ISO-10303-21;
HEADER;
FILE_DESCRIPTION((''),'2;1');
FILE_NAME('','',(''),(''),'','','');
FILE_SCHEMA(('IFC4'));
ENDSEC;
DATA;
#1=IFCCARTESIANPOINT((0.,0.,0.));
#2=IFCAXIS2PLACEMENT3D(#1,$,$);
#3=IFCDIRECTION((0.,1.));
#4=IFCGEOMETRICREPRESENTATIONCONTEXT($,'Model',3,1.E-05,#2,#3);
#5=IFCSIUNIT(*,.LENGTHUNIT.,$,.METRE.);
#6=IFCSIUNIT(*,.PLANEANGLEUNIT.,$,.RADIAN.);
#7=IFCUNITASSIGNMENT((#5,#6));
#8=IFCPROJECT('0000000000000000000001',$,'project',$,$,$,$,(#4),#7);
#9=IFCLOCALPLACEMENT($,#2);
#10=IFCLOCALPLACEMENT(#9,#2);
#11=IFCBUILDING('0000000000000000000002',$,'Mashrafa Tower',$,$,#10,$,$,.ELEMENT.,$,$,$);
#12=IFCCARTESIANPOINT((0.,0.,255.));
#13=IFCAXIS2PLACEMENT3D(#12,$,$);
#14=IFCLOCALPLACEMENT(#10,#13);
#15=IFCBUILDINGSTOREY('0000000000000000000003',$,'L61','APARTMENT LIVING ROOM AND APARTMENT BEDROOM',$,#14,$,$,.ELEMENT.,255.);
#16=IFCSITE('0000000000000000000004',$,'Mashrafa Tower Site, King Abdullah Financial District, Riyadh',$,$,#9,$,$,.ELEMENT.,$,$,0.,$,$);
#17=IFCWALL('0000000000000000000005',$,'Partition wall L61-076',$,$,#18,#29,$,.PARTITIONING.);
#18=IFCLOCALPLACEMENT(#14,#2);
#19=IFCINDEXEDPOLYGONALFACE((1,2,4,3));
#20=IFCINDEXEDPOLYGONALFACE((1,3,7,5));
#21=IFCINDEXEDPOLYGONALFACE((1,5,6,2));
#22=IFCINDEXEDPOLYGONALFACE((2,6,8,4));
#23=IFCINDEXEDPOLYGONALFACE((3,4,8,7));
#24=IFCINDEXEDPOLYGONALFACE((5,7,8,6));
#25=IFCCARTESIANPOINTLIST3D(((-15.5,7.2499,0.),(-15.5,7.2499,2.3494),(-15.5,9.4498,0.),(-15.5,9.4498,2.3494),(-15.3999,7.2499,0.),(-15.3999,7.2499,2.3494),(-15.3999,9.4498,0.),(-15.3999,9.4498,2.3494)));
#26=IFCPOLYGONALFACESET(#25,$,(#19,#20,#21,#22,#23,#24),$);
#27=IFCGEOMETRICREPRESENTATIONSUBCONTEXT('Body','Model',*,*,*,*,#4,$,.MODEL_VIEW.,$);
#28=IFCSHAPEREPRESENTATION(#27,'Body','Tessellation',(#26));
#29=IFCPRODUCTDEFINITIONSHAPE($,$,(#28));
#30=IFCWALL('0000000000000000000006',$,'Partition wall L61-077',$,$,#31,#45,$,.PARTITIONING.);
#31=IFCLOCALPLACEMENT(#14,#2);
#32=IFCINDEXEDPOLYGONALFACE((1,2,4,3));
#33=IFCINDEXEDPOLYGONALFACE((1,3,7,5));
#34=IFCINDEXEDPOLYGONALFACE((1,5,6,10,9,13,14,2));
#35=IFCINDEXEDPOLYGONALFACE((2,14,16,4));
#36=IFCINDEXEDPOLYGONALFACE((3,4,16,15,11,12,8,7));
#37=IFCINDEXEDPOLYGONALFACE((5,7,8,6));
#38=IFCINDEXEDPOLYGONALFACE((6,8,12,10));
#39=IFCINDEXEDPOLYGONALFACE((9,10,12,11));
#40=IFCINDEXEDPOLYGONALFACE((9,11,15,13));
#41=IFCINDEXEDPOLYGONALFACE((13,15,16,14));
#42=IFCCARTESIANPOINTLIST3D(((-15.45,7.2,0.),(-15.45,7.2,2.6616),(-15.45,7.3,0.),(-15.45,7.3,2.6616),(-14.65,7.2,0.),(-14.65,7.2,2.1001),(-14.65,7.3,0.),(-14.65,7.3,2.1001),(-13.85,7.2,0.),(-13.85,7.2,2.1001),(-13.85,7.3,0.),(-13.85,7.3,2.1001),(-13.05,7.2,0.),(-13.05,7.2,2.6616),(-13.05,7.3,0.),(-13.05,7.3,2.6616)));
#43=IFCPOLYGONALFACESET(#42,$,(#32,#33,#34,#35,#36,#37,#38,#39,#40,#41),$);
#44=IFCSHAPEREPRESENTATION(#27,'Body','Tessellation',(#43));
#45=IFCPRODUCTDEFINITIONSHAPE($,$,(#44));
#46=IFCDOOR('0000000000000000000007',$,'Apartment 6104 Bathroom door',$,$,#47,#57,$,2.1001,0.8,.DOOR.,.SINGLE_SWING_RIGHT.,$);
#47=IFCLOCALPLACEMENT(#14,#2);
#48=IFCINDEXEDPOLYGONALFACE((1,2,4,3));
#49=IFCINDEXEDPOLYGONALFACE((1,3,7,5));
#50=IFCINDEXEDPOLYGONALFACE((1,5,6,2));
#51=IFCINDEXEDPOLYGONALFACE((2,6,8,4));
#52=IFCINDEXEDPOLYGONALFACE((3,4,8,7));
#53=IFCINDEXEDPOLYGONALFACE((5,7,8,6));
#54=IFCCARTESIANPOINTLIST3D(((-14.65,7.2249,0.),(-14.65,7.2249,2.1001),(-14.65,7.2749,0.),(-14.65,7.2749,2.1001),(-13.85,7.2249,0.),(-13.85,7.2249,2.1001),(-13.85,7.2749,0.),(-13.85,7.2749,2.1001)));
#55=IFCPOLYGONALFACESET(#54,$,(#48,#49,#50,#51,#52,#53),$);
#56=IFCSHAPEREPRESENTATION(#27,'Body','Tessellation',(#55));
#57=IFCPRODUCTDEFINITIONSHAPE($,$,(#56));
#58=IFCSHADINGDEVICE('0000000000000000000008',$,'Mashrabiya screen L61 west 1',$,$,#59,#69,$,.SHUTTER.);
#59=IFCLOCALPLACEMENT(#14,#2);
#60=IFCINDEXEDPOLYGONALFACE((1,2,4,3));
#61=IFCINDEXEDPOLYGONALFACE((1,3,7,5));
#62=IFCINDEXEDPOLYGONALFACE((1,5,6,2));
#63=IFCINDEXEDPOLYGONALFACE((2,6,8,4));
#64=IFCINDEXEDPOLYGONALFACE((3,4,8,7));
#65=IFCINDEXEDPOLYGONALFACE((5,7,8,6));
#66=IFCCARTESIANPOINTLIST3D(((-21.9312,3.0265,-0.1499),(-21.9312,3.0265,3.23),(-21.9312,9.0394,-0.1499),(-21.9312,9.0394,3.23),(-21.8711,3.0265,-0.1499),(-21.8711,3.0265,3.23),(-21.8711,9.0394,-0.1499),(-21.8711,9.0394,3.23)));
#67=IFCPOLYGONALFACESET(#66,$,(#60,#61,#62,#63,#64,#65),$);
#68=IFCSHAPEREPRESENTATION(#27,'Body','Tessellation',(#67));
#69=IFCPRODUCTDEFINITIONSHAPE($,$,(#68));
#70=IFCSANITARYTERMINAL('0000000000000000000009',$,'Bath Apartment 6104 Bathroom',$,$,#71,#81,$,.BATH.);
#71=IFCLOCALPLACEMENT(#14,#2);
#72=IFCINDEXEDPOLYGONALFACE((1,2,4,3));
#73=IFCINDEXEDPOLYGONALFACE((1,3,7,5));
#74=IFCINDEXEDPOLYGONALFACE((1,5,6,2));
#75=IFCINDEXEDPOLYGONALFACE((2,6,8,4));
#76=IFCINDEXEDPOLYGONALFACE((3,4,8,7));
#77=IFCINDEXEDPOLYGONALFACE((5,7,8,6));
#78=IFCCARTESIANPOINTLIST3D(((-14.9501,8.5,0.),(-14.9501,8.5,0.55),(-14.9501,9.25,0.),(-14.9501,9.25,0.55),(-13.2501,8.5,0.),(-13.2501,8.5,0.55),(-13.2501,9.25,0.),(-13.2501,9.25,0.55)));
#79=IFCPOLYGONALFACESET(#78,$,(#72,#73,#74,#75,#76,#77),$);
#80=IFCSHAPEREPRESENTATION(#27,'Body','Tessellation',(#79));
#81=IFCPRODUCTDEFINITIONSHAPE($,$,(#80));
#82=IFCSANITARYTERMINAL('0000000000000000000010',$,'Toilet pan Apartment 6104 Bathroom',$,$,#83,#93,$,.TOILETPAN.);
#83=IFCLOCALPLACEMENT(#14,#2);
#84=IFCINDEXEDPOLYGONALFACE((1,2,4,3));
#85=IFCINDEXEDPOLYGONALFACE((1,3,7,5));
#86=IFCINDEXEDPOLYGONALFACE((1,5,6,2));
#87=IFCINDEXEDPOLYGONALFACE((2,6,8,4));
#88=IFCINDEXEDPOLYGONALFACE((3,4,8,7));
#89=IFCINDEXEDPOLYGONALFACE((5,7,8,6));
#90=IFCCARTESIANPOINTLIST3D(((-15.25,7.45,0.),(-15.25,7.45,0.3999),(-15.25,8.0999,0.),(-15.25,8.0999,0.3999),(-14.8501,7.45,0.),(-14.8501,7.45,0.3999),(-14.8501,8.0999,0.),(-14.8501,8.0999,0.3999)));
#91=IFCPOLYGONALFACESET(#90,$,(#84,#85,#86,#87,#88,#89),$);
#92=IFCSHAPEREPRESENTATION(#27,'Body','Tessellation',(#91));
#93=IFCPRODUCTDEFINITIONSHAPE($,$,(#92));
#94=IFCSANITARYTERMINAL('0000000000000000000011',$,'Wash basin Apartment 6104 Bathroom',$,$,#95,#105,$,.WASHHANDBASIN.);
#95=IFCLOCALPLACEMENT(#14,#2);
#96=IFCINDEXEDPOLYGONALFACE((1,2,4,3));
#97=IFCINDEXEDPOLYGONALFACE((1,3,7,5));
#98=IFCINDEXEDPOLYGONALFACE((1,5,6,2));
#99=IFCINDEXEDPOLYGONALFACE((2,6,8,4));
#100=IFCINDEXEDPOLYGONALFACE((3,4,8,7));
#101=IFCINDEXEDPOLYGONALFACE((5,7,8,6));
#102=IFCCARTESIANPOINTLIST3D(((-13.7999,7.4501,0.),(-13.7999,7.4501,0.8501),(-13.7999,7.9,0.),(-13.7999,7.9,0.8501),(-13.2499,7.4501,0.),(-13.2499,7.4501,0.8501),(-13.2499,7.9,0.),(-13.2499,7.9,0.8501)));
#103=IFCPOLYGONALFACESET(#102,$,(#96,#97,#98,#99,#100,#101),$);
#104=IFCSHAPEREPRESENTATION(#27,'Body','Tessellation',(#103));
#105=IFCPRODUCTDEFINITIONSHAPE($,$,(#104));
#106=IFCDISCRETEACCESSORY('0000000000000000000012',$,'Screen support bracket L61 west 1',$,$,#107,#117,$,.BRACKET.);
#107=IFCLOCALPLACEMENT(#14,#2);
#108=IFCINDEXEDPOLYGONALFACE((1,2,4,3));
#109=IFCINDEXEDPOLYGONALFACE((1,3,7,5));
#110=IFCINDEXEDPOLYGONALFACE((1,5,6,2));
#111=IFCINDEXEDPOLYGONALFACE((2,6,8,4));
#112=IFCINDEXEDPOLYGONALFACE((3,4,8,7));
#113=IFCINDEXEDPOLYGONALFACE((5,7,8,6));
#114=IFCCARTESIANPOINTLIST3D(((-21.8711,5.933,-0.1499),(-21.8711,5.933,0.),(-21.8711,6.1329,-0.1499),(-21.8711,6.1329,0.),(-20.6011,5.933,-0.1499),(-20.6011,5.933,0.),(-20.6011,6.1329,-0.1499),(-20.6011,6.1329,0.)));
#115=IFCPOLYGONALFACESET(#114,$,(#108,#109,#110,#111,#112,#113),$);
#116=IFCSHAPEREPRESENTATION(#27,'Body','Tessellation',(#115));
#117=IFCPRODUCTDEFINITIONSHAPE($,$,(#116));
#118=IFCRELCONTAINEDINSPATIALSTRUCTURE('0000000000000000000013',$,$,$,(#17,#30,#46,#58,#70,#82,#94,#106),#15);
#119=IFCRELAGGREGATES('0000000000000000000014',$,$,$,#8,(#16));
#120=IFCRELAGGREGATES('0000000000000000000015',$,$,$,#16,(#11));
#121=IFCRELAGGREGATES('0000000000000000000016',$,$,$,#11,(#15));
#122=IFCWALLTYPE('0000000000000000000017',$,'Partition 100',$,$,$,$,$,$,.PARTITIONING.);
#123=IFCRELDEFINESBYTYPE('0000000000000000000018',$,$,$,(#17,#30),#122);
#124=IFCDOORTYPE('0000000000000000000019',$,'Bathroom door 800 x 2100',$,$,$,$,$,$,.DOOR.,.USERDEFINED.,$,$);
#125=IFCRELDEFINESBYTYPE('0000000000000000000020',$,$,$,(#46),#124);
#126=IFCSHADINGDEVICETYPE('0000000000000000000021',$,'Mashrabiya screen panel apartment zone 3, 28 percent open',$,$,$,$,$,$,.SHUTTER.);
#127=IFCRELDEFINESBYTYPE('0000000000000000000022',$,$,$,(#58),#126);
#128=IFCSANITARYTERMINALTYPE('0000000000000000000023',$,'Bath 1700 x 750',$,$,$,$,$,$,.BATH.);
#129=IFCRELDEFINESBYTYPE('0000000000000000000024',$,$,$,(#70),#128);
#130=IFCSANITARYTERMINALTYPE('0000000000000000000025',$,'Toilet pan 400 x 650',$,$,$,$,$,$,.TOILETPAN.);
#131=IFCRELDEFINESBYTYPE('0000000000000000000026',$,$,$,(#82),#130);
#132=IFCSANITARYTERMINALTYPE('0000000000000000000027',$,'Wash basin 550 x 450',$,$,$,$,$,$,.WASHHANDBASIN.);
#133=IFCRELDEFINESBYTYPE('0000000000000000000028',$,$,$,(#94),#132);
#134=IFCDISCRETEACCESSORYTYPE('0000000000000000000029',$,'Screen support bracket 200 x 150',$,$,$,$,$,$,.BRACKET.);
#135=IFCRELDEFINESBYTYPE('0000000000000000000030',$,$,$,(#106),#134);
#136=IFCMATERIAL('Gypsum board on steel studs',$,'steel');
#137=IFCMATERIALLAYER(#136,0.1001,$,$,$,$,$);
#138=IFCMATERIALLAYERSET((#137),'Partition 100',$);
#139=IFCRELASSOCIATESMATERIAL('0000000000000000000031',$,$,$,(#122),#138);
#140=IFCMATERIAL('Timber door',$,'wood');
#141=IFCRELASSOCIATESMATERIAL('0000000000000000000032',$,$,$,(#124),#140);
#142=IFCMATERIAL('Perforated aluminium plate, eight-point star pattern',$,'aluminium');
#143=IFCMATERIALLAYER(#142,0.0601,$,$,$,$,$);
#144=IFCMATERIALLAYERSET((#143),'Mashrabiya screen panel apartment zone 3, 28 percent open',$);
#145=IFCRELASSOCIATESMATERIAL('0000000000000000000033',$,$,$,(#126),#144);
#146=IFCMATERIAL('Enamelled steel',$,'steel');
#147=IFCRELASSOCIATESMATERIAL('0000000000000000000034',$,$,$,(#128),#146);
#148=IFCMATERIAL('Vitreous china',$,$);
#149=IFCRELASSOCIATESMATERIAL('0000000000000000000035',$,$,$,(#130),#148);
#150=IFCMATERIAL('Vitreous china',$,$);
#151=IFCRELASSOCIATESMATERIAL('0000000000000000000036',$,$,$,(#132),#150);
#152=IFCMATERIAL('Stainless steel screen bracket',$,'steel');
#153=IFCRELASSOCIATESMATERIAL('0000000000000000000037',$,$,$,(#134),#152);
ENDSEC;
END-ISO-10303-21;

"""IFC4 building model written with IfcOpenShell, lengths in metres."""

from ifc_helpers import new_model, si_unit, direction, frame, frame_2d, origin, origin_2d, place, context, subcontext, project, spatial, rectangle, extrude, source, transform, mapped, material, layer, layer_set, type_object, type_shapes, element, fill, save


model = new_model("IFC4")

# Units and contexts
model_context = context("Model", 3, precision=1e-05, world=origin(), true_north=direction((0.0, 1.0)))
body_context = subcontext(model_context, "Body", "Model", "MODEL_VIEW")
ifc_project = project(units=[si_unit("LENGTHUNIT", "METRE"), si_unit("PLANEANGLEUNIT", "RADIAN")], contexts=[model_context])

# Site, building, storey
site_placement = place(None, origin())
site = spatial("IfcSite", under=ifc_project, at=site_placement, Name="Mashrafa Tower Site, King Abdullah Financial District, Riyadh", CompositionType="ELEMENT", RefElevation=0.0)
building_placement = place(site_placement, origin())
building = spatial("IfcBuilding", under=site, at=building_placement, Name="Mashrafa Tower", CompositionType="ELEMENT")
storey_placement = place(building_placement, frame((0.0, 0.0, 255.0)))
storey = spatial("IfcBuildingStorey", under=building, at=storey_placement, Name="L61", Description="APARTMENT LIVING ROOM AND APARTMENT BEDROOM", CompositionType="ELEMENT", Elevation=255.0)

# Shared definitions
ifc_material_1 = material(Name="Gypsum board on steel studs", Category="steel")
ifc_layer_1 = layer(ifc_material_1, 0.1001)
ifc_layer_set_1 = layer_set([ifc_layer_1], Name="Partition 100")
wall_type_1 = type_object("IfcWallType", Name="Partition 100", PredefinedType="PARTITIONING", material=ifc_layer_set_1)

# Wall
wall_1_placement = place(storey_placement, frame((-15.45, 9.45, 0.0), z_axis=(0.0, 0.0, 1.0), x_axis=(0.0, -1.0, 0.0)))
element("IfcWall", 1, at=wall_1_placement, inside=storey, type_object=wall_type_1, Name="Partition wall L61-076", PredefinedType="PARTITIONING", context=body_context, shape_type="SweptSolid", body=[
    extrude(rectangle(XDim=2.2, YDim=0.1001, at=frame_2d((1.1001, 0.0))), origin(), (0.0, 0.0, 1.0), 2.3494),
])

# Wall, opening, door
wall_2_placement = place(storey_placement, frame((-15.45, 7.25, 0.0), z_axis=(0.0, 0.0, 1.0), x_axis=(1.0, 0.0, 0.0)))
wall_2 = element("IfcWall", 2, at=wall_2_placement, inside=storey, type_object=wall_type_1, Name="Partition wall L61-077", PredefinedType="PARTITIONING", context=body_context, shape_type="SweptSolid", body=[
    extrude(rectangle(XDim=2.3999, YDim=0.1001, at=frame_2d((1.2, 0.0))), origin(), (0.0, 0.0, 1.0), 2.6616),
])
opening_1_placement = place(wall_2_placement, frame((0.8, 0.0, 0.0)))
opening_1 = element("IfcOpeningElement", 3, at=opening_1_placement, cuts=wall_2, PredefinedType="OPENING", context=body_context, shape_type="SweptSolid", body=[
    extrude(rectangle(XDim=0.8, YDim=2.1001, at=frame_2d((0.3999, 1.05))), frame((0.0, 0.0601, 0.0), z_axis=(0.0, -1.0, 0.0), x_axis=(1.0, 0.0, 0.0)), (0.0, 0.0, 1.0), 0.1201),
])
ifc_material_2 = material(Name="Timber door", Category="wood")
door_type_1 = type_object("IfcDoorType", Name="Bathroom door 800 x 2100", OperationType="USERDEFINED", PredefinedType="DOOR", material=ifc_material_2)
door_1_placement = place(opening_1_placement, origin())
door_1 = element("IfcDoor", 4, at=door_1_placement, inside=storey, type_object=door_type_1, Name="Apartment 6104 Bathroom door", OperationType="SINGLE_SWING_RIGHT", OverallHeight=2.1001, OverallWidth=0.8, PredefinedType="DOOR", context=body_context, shape_type="SweptSolid", body=[
    extrude(rectangle(XDim=0.8, YDim=2.1001, at=frame_2d((0.3999, 1.05))), frame((0.0, 0.0249, 0.0), z_axis=(0.0, -1.0, 0.0), x_axis=(1.0, 0.0, 0.0)), (0.0, 0.0, 1.0), 0.05),
])
fill(opening_1, door_1)

# Shading device
ifc_material_3 = material(Name="Perforated aluminium plate, eight-point star pattern", Category="aluminium")
ifc_layer_2 = layer(ifc_material_3, 0.0601)
ifc_layer_set_2 = layer_set([ifc_layer_2], Name="Mashrabiya screen panel apartment zone 3, 28 percent open")
shading_device_type = type_object("IfcShadingDeviceType", Name="Mashrabiya screen panel apartment zone 3, 28 percent open", PredefinedType="SHUTTER", material=ifc_layer_set_2)
shared_shape_1 = source(origin(), body_context, "Body", "SweptSolid", [
    extrude(rectangle(XDim=6.0129, YDim=0.0601, at=origin_2d()), origin(), (0.0, 0.0, 1.0), 3.3799),
])
type_shapes(shading_device_type, [shared_shape_1])
shading_device_placement = place(storey_placement, frame((-21.9011, 6.033, -0.1499), z_axis=(0.0, 0.0, 1.0), x_axis=(0.0, -1.0, 0.0)))
element("IfcShadingDevice", 5, at=shading_device_placement, inside=storey, type_object=shading_device_type, Name="Mashrabiya screen L61 west 1", PredefinedType="SHUTTER", context=body_context, shape_type="MappedRepresentation", body=[
    mapped(shared_shape_1, transform((0.0, 0.0, 0.0))),
])

# Sanitary terminals
ifc_material_4 = material(Name="Enamelled steel", Category="steel")
sanitary_terminal_type_1 = type_object("IfcSanitaryTerminalType", Name="Bath 1700 x 750", PredefinedType="BATH", material=ifc_material_4)
sanitary_terminal_1_placement = place(storey_placement, frame((-14.1001, 8.875, 0.0), z_axis=(0.0, 0.0, 1.0), x_axis=(-1.0, 0.0, 0.0)))
element("IfcSanitaryTerminal", 6, at=sanitary_terminal_1_placement, inside=storey, type_object=sanitary_terminal_type_1, Name="Bath Apartment 6104 Bathroom", PredefinedType="BATH", context=body_context, shape_type="SweptSolid", body=[
    extrude(rectangle(XDim=1.7, YDim=0.75, at=origin_2d()), origin(), (0.0, 0.0, 1.0), 0.55),
])
ifc_material_5 = material(Name="Vitreous china")
sanitary_terminal_type_2 = type_object("IfcSanitaryTerminalType", Name="Toilet pan 400 x 650", PredefinedType="TOILETPAN", material=ifc_material_5)
sanitary_terminal_2_placement = place(storey_placement, frame((-15.05, 7.7749, 0.0), z_axis=(0.0, 0.0, 1.0), x_axis=(1.0, 0.0, 0.0)))
element("IfcSanitaryTerminal", 7, at=sanitary_terminal_2_placement, inside=storey, type_object=sanitary_terminal_type_2, Name="Toilet pan Apartment 6104 Bathroom", PredefinedType="TOILETPAN", context=body_context, shape_type="SweptSolid", body=[
    extrude(rectangle(XDim=0.3999, YDim=0.6499, at=origin_2d()), origin(), (0.0, 0.0, 1.0), 0.3999),
])
ifc_material_6 = material(Name="Vitreous china")
sanitary_terminal_type_3 = type_object("IfcSanitaryTerminalType", Name="Wash basin 550 x 450", PredefinedType="WASHHANDBASIN", material=ifc_material_6)
sanitary_terminal_3_placement = place(storey_placement, frame((-13.5249, 7.675, 0.0), z_axis=(0.0, 0.0, 1.0), x_axis=(1.0, 0.0, 0.0)))
element("IfcSanitaryTerminal", 8, at=sanitary_terminal_3_placement, inside=storey, type_object=sanitary_terminal_type_3, Name="Wash basin Apartment 6104 Bathroom", PredefinedType="WASHHANDBASIN", context=body_context, shape_type="SweptSolid", body=[
    extrude(rectangle(XDim=0.55, YDim=0.45, at=origin_2d()), origin(), (0.0, 0.0, 1.0), 0.8501),
])

# Discrete accessory
ifc_material_7 = material(Name="Stainless steel screen bracket", Category="steel")
discrete_accessory_type = type_object("IfcDiscreteAccessoryType", Name="Screen support bracket 200 x 150", PredefinedType="BRACKET", material=ifc_material_7)
shared_shape_2 = source(origin(), body_context, "Body", "SweptSolid", [
    extrude(rectangle(XDim=0.2, YDim=1.27, at=origin_2d()), origin(), (0.0, 0.0, 1.0), 0.1499),
])
type_shapes(discrete_accessory_type, [shared_shape_2])
discrete_accessory_placement = place(storey_placement, frame((-21.2361, 6.033, -0.1499), z_axis=(0.0, 0.0, 1.0), x_axis=(0.0, -1.0, 0.0)))
element("IfcDiscreteAccessory", 9, at=discrete_accessory_placement, inside=storey, type_object=discrete_accessory_type, Name="Screen support bracket L61 west 1", PredefinedType="BRACKET", context=body_context, shape_type="MappedRepresentation", body=[
    mapped(shared_shape_2, transform((0.0, 0.0, 0.0))),
])

save(model, "model.ifc")
